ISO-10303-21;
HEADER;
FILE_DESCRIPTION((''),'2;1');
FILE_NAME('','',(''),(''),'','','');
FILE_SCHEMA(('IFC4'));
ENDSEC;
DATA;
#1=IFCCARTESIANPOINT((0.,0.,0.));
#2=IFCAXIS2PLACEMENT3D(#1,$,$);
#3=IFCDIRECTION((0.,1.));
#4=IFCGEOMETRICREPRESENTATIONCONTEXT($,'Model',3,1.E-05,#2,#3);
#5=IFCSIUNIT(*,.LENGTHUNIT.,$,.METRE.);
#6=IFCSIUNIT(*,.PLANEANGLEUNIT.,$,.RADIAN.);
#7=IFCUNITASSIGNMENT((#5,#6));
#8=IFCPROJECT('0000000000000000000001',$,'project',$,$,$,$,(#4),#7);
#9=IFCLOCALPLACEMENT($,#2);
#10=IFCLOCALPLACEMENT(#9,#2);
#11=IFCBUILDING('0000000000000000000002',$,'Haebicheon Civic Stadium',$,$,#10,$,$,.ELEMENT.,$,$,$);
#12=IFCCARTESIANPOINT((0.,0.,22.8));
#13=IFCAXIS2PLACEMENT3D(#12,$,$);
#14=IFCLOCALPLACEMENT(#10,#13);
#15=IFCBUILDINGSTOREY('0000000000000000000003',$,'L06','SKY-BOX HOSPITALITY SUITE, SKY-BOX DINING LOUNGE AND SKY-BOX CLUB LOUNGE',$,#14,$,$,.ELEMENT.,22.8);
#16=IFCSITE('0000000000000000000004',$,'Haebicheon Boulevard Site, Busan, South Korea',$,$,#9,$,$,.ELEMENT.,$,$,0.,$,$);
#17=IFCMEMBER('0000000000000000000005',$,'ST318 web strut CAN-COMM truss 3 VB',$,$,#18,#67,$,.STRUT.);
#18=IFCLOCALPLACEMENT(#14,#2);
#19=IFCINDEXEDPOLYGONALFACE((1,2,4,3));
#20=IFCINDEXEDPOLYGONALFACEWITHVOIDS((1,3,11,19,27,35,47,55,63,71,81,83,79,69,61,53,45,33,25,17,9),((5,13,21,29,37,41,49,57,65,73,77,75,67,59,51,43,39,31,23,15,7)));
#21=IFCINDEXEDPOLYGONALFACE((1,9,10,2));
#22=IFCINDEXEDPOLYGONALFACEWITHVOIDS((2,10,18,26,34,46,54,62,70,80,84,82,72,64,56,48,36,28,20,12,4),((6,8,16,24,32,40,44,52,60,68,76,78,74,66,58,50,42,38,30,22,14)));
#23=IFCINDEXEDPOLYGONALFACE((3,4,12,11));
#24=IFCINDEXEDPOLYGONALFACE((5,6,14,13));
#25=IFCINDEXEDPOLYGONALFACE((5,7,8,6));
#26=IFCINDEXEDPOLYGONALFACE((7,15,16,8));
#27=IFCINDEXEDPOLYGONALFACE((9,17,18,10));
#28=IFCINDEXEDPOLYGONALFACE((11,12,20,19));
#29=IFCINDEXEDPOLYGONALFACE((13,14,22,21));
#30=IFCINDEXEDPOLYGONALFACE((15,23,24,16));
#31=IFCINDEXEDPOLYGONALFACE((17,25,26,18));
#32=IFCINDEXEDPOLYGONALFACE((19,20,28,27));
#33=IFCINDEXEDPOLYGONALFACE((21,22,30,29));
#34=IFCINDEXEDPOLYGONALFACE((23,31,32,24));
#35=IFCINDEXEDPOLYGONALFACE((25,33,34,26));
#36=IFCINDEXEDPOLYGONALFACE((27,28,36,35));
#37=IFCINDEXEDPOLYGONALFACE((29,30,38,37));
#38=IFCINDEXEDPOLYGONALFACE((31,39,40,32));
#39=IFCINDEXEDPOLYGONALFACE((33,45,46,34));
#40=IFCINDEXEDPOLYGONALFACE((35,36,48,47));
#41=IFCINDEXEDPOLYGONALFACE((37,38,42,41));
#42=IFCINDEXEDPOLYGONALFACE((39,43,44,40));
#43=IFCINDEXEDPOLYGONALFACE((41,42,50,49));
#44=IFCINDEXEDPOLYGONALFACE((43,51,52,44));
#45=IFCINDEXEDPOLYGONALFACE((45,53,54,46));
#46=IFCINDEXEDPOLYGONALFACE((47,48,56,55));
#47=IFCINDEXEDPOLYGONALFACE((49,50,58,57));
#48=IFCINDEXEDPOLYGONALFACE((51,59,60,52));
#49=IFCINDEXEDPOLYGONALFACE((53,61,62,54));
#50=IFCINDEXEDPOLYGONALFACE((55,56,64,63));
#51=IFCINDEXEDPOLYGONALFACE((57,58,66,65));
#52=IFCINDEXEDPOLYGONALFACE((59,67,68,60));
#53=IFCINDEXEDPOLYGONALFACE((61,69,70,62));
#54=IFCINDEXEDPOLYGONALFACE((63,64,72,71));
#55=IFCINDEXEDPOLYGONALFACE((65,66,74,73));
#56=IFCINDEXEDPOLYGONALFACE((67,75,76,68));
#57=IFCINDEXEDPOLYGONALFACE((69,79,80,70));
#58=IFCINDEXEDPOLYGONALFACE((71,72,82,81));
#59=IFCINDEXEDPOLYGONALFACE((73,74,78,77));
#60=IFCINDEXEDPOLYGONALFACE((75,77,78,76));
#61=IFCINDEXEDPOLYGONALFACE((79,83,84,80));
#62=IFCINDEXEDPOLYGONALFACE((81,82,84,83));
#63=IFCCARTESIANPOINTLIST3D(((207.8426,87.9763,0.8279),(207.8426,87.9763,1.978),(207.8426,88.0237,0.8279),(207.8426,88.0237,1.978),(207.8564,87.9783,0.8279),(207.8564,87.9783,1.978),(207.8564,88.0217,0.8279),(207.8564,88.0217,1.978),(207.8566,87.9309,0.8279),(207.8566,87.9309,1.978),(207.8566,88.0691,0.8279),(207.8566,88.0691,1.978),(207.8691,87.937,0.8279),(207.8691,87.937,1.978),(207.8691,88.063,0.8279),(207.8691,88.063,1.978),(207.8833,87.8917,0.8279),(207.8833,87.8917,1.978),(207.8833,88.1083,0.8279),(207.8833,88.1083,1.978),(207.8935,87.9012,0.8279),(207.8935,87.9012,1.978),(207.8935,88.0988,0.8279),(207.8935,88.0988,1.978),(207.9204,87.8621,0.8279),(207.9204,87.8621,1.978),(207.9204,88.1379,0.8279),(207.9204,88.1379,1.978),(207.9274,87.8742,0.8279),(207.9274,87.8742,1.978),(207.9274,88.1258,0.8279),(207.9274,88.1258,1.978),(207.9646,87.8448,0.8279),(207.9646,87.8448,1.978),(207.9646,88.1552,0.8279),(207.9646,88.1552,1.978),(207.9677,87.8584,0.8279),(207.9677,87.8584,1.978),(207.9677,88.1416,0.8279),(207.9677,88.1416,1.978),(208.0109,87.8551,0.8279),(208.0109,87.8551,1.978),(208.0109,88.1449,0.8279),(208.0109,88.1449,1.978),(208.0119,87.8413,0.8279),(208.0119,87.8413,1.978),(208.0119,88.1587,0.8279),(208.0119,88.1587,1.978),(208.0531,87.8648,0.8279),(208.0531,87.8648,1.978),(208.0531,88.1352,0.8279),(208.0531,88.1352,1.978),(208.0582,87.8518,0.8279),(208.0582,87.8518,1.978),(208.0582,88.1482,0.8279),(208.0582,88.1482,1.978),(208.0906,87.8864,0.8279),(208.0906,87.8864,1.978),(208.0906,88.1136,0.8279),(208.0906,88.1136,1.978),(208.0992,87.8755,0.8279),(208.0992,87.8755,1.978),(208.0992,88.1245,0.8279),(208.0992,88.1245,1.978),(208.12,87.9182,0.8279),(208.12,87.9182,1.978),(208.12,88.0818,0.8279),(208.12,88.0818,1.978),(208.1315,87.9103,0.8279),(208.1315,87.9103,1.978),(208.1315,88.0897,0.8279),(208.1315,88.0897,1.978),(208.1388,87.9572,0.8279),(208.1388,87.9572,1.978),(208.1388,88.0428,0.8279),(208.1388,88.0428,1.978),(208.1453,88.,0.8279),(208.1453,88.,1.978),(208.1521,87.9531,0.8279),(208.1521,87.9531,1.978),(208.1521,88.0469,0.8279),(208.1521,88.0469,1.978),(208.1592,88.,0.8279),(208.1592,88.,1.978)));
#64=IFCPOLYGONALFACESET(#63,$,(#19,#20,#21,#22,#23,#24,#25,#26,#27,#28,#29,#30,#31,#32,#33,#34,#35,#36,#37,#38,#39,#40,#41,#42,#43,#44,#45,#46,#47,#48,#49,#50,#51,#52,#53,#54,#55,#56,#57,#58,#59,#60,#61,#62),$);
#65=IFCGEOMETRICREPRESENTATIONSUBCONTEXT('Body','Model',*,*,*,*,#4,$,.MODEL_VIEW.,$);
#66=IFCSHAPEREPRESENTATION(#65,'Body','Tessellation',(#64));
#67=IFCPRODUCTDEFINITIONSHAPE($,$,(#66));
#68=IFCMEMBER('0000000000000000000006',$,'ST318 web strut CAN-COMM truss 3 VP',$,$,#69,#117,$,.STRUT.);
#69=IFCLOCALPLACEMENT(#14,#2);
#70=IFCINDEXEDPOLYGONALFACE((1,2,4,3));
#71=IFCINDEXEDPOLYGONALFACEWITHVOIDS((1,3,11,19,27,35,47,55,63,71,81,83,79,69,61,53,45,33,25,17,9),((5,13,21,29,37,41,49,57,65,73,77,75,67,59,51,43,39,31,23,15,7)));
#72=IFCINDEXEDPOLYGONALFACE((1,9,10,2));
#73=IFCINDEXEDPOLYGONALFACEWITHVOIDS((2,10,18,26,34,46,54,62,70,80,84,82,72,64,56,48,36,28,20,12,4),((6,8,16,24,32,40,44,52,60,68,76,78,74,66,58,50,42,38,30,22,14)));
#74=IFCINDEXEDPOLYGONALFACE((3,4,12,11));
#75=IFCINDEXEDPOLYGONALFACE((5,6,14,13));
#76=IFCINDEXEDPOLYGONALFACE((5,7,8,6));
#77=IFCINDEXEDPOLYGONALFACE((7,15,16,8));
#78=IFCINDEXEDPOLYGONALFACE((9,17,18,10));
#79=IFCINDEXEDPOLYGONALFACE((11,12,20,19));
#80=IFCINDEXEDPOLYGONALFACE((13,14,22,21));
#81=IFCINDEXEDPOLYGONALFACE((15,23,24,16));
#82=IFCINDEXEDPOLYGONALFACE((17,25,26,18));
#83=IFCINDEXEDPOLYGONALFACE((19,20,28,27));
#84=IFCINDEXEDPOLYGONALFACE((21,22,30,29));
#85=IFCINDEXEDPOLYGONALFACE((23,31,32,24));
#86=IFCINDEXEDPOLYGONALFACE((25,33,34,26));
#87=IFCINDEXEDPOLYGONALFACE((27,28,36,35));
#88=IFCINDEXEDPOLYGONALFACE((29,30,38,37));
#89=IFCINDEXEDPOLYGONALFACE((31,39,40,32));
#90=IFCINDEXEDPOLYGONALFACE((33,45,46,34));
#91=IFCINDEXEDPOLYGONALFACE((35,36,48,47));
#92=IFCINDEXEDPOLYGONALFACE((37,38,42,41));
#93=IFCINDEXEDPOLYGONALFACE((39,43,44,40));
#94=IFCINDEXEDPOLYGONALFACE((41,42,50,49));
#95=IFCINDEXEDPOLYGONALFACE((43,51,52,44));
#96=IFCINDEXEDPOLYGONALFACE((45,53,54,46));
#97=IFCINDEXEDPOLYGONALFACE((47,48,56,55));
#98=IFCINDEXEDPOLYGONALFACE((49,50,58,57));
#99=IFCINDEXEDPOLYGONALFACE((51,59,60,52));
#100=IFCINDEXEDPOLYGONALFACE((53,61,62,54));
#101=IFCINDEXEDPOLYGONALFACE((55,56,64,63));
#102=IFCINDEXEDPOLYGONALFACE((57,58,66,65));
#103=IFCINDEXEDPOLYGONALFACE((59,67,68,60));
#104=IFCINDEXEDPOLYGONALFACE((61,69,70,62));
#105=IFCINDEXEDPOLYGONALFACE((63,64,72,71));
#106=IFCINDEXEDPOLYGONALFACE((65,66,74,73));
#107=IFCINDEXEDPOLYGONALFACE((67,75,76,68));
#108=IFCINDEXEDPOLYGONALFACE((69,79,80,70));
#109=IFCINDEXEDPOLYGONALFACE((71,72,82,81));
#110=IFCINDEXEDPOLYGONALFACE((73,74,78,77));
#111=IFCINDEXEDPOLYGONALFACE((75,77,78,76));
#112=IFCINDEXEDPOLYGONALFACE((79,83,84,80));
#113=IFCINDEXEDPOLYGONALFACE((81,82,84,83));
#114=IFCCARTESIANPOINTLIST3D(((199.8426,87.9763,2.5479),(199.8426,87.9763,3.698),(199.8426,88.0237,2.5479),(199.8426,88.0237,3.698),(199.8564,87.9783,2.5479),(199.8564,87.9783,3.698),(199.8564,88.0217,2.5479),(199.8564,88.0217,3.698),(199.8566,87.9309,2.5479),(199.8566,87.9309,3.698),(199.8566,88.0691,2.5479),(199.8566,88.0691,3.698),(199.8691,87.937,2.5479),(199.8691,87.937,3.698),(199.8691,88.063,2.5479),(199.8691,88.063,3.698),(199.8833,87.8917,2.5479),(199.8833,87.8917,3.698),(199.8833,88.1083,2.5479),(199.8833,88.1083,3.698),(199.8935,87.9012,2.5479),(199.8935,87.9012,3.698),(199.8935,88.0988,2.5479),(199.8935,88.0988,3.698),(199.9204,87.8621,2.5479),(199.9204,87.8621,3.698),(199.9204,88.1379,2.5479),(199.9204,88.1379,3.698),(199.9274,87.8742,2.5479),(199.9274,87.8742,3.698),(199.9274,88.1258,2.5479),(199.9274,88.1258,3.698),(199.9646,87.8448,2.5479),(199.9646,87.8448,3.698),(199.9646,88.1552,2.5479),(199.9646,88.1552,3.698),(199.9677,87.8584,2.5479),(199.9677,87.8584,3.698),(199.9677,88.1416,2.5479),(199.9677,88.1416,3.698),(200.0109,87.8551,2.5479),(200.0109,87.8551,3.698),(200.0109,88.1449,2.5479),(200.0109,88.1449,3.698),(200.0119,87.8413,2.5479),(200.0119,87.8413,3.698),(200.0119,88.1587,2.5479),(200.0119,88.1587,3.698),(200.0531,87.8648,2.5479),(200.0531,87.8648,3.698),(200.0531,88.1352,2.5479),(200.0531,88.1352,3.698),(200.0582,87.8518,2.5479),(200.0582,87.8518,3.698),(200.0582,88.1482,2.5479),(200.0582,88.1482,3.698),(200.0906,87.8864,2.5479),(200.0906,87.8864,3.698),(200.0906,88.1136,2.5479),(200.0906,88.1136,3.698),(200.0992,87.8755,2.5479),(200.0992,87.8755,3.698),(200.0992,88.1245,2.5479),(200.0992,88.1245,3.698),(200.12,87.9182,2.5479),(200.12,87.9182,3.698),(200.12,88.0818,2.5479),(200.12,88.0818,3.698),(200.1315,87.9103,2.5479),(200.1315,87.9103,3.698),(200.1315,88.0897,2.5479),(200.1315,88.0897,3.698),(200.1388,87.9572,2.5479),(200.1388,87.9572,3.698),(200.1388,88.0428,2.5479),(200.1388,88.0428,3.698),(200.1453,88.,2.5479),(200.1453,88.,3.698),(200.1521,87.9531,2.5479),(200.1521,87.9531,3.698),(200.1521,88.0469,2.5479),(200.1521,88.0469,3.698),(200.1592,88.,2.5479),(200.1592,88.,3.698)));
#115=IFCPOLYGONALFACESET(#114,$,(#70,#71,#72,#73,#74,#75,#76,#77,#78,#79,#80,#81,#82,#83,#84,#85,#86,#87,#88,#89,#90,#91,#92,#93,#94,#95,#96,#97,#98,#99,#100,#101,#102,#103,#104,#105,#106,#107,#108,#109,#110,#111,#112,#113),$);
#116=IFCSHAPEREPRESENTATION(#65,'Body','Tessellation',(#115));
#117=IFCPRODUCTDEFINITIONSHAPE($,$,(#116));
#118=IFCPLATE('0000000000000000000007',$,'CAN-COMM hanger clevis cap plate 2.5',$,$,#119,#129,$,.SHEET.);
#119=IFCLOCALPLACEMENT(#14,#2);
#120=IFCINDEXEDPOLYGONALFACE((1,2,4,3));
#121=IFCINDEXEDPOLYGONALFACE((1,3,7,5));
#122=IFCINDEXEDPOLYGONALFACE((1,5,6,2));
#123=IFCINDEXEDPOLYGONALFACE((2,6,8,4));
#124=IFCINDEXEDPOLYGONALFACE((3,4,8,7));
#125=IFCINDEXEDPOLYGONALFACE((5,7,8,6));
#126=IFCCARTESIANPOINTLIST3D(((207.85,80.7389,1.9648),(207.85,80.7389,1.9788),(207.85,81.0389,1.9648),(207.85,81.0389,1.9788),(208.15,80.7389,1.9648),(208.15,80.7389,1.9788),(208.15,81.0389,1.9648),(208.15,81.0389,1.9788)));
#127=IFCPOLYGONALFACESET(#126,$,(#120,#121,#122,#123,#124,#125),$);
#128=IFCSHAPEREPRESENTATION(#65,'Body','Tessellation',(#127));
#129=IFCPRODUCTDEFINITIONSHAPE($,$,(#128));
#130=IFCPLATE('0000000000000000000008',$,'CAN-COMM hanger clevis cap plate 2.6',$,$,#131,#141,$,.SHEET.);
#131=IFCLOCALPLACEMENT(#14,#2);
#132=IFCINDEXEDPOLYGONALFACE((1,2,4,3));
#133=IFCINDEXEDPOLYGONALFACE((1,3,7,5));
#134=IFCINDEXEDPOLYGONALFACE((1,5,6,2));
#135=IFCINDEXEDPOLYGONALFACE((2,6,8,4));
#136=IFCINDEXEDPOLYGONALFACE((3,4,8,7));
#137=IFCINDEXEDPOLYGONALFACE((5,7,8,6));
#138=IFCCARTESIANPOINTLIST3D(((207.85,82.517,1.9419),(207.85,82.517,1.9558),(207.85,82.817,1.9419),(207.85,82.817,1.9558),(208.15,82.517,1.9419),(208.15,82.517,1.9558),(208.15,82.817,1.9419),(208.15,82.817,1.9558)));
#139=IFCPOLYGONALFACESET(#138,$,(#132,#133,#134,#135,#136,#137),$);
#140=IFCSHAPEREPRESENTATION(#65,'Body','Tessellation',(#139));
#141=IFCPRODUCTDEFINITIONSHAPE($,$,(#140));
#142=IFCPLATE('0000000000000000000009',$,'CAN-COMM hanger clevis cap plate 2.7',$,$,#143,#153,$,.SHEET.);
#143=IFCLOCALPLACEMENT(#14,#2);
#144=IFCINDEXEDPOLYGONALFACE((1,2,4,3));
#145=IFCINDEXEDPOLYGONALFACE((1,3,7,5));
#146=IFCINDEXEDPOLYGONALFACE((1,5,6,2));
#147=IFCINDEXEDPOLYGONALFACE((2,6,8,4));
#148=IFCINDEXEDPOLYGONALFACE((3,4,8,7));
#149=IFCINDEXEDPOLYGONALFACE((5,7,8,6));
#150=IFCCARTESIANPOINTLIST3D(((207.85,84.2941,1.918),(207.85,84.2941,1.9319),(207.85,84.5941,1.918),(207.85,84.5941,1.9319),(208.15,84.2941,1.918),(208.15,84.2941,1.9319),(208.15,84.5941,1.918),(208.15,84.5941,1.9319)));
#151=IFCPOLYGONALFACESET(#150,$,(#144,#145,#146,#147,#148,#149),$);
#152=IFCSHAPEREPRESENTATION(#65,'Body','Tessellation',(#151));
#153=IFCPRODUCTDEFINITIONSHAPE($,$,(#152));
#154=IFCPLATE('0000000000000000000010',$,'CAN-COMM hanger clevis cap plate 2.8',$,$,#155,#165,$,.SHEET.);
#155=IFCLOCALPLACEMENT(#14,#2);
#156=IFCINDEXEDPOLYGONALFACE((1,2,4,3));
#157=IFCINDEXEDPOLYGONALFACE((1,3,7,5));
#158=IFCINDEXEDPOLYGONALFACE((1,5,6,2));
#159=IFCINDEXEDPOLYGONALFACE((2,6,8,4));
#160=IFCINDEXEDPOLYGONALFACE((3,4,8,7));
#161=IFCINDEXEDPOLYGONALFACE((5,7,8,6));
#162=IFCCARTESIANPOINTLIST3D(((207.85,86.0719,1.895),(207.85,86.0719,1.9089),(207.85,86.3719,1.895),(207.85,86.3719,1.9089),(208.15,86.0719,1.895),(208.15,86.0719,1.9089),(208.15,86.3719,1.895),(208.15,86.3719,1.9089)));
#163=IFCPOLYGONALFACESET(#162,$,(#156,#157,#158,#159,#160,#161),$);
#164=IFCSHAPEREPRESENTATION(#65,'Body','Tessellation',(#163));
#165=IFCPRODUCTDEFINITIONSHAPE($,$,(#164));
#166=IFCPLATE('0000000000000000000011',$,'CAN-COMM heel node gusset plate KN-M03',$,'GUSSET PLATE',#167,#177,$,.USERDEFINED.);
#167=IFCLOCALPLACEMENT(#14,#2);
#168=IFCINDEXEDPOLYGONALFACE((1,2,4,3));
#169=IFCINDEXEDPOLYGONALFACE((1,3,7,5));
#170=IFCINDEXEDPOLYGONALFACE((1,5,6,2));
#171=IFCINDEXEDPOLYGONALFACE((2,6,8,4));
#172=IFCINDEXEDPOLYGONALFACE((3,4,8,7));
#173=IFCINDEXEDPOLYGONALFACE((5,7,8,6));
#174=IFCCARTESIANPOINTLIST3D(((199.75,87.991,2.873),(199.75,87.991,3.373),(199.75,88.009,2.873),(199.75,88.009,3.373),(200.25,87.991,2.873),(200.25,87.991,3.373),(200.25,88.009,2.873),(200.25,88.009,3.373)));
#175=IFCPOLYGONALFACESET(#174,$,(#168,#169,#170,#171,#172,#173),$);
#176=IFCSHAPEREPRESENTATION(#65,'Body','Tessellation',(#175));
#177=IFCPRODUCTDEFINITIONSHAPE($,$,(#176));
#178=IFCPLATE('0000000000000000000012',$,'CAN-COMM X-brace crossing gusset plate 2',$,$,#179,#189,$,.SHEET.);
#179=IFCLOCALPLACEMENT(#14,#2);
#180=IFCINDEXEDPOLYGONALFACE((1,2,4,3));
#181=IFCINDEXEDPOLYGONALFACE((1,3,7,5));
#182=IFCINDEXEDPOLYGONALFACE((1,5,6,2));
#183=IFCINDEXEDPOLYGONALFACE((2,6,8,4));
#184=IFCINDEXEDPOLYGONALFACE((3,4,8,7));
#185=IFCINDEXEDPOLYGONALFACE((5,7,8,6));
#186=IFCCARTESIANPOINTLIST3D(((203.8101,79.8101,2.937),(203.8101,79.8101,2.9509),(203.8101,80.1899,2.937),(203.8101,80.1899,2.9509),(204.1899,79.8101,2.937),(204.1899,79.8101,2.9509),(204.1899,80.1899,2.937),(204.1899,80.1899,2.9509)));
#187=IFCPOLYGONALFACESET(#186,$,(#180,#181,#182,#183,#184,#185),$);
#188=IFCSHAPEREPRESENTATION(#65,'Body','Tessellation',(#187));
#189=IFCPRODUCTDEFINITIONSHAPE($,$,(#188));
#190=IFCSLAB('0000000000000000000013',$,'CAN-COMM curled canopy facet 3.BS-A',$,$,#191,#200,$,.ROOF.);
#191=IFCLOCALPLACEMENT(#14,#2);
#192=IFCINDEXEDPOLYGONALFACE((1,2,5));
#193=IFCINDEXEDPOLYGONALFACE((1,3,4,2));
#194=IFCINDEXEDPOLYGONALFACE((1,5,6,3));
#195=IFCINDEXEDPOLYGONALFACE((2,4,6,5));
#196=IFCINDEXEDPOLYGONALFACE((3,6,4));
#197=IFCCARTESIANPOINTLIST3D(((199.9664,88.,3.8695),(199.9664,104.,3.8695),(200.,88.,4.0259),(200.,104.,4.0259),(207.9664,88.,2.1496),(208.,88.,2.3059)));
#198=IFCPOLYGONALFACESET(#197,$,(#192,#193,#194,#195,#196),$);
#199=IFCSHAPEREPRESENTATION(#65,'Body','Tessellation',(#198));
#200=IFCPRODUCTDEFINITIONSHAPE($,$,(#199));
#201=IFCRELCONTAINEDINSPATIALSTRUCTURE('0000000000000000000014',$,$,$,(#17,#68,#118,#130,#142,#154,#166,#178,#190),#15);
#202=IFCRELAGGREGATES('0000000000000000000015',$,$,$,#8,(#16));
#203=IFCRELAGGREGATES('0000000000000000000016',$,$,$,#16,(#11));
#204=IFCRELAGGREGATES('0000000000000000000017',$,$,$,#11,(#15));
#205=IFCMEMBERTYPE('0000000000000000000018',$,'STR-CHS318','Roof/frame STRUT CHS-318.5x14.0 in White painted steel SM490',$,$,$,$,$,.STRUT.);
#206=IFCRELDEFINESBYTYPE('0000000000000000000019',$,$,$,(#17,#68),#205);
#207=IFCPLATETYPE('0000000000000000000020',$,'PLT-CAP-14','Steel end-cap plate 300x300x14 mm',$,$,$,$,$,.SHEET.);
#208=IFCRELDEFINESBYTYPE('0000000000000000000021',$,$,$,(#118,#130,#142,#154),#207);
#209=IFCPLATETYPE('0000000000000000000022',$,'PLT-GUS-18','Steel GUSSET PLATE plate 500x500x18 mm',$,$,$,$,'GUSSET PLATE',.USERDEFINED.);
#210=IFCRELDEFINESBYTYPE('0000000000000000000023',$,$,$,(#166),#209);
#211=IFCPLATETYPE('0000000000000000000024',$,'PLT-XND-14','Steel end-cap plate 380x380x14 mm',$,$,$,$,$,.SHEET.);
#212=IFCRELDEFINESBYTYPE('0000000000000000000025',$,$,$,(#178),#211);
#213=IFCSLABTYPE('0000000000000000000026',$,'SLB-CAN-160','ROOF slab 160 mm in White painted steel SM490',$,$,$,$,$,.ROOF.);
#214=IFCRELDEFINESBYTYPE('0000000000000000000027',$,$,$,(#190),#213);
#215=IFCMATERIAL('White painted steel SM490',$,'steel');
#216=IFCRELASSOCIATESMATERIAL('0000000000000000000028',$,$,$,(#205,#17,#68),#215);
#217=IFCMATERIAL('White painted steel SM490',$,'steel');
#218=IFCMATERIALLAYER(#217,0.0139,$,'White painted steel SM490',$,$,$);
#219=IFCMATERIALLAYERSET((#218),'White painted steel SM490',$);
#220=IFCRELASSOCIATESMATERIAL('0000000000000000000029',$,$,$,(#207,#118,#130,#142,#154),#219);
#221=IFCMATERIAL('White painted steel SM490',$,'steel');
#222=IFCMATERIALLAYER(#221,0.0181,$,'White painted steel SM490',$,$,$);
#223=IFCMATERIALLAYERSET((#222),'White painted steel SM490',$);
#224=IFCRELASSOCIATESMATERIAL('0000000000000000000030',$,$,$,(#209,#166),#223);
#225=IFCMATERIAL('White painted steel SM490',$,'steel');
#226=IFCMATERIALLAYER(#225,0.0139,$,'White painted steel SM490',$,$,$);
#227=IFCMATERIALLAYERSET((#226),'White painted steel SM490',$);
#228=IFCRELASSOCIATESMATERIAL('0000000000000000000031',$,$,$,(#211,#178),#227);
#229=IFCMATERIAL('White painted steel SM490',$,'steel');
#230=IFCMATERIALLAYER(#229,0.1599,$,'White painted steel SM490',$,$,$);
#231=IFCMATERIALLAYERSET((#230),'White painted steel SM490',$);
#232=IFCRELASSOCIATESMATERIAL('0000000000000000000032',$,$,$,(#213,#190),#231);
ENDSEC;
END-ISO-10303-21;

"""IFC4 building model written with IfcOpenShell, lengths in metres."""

from ifc_helpers import new_model, si_unit, direction, frame, origin, origin_2d, place, context, subcontext, project, spatial, polyline, rectangle, hollow_circle, outline, extrude, material, layer, layer_set, material_profile, profile_set, type_object, element, save


model = new_model("IFC4")

# Units and contexts
model_context = context("Model", 3, precision=1e-05, world=origin(), true_north=direction((0.0, 1.0)))
body_context = subcontext(model_context, "Body", "Model", "MODEL_VIEW")
ifc_project = project(units=[si_unit("LENGTHUNIT", "METRE"), si_unit("PLANEANGLEUNIT", "RADIAN")], contexts=[model_context])

# Site, building, storey
site_placement = place(None, origin())
site = spatial("IfcSite", under=ifc_project, at=site_placement, Name="Haebicheon Boulevard Site, Busan, South Korea", CompositionType="ELEMENT", RefElevation=0.0)
building_placement = place(site_placement, origin())
building = spatial("IfcBuilding", under=site, at=building_placement, Name="Haebicheon Civic Stadium", CompositionType="ELEMENT")
storey_placement = place(building_placement, frame((0.0, 0.0, 22.8)))
storey = spatial("IfcBuildingStorey", under=building, at=storey_placement, Name="L06", Description="SKY-BOX HOSPITALITY SUITE, SKY-BOX DINING LOUNGE AND SKY-BOX CLUB LOUNGE", CompositionType="ELEMENT", Elevation=22.8)

# Members
ifc_material_1 = material(Name="White painted steel SM490", Category="steel")
ifc_material_profile_1 = material_profile(ifc_material_1, hollow_circle(Radius=0.1592, WallThickness=0.0139, at=origin_2d()), Name="CHS-318.5x14.0")
ifc_profile_set_1 = profile_set([ifc_material_profile_1], Name="White painted steel SM490")
member_type_1 = type_object("IfcMemberType", Name="STR-CHS318", Description="Roof/frame STRUT CHS-318.5x14.0 in White painted steel SM490", PredefinedType="STRUT", material=ifc_profile_set_1)
for number, where, z_axis, x_axis, name in (
    (1, (208.0, 88.0, 0.8279), (0.0, 0.0, 1.0), (1.0, 0.0, 0.0), "ST318 web strut CAN-COMM truss 3 VB"),
    (2, (200.0, 88.0, 2.5479), (0.0, 0.0, 1.0), (1.0, 0.0, 0.0), "ST318 web strut CAN-COMM truss 3 VP"),
):
    element("IfcMember", number, at=place(storey_placement, frame(where, z_axis=z_axis, x_axis=x_axis)), inside=storey, type_object=member_type_1, material=ifc_profile_set_1, Name=name, PredefinedType="STRUT", context=body_context, shape_type="SweptSolid", body=[
        extrude(hollow_circle(Radius=0.1592, WallThickness=0.0139, at=origin_2d()), origin(), (0.0, 0.0, 1.0), 1.1501),
    ])

# Plates
ifc_material_2 = material(Name="White painted steel SM490", Category="steel")
ifc_layer_1 = layer(ifc_material_2, 0.0139, Name="White painted steel SM490")
ifc_layer_set_1 = layer_set([ifc_layer_1], Name="White painted steel SM490")
plate_type_1 = type_object("IfcPlateType", Name="PLT-CAP-14", Description="Steel end-cap plate 300x300x14 mm", PredefinedType="SHEET", material=ifc_layer_set_1)
for number, where, z_axis, x_axis, name in (
    (3, (208.0, 80.8889, 1.9648), (0.0, 0.0, 1.0), (1.0, 0.0, 0.0), "CAN-COMM hanger clevis cap plate 2.5"),
    (4, (208.0, 82.667, 1.9419), (0.0, 0.0, 1.0), (1.0, 0.0, 0.0), "CAN-COMM hanger clevis cap plate 2.6"),
    (5, (208.0, 84.4441, 1.918), (0.0, 0.0, 1.0), (1.0, 0.0, 0.0), "CAN-COMM hanger clevis cap plate 2.7"),
    (6, (208.0, 86.2219, 1.895), (0.0, 0.0, 1.0), (1.0, 0.0, 0.0), "CAN-COMM hanger clevis cap plate 2.8"),
):
    element("IfcPlate", number, at=place(storey_placement, frame(where, z_axis=z_axis, x_axis=x_axis)), inside=storey, type_object=plate_type_1, material=ifc_layer_set_1, Name=name, PredefinedType="SHEET", context=body_context, shape_type="SweptSolid", body=[
        extrude(rectangle(XDim=0.3, YDim=0.3, at=origin_2d()), origin(), (0.0, 0.0, 1.0), 0.0139),
    ])
ifc_material_3 = material(Name="White painted steel SM490", Category="steel")
ifc_layer_2 = layer(ifc_material_3, 0.0181, Name="White painted steel SM490")
ifc_layer_set_2 = layer_set([ifc_layer_2], Name="White painted steel SM490")
plate_type_2 = type_object("IfcPlateType", Name="PLT-GUS-18", Description="Steel GUSSET PLATE plate 500x500x18 mm", ElementType="GUSSET PLATE", PredefinedType="USERDEFINED", material=ifc_layer_set_2)
plate_1_placement = place(storey_placement, frame((200.0, 88.0, 2.873), z_axis=(0.0, 0.0, 1.0), x_axis=(1.0, 0.0, 0.0)))
element("IfcPlate", 7, at=plate_1_placement, inside=storey, type_object=plate_type_2, material=ifc_layer_set_2, Name="CAN-COMM heel node gusset plate KN-M03", ObjectType="GUSSET PLATE", PredefinedType="USERDEFINED", context=body_context, shape_type="SweptSolid", body=[
    extrude(rectangle(XDim=0.5, YDim=0.0181, at=origin_2d()), origin(), (0.0, 0.0, 1.0), 0.5),
])
ifc_material_4 = material(Name="White painted steel SM490", Category="steel")
ifc_layer_3 = layer(ifc_material_4, 0.0139, Name="White painted steel SM490")
ifc_layer_set_3 = layer_set([ifc_layer_3], Name="White painted steel SM490")
plate_type_3 = type_object("IfcPlateType", Name="PLT-XND-14", Description="Steel end-cap plate 380x380x14 mm", PredefinedType="SHEET", material=ifc_layer_set_3)
plate_2_placement = place(storey_placement, frame((204.0, 80.0, 2.937), z_axis=(0.0, 0.0, 1.0), x_axis=(1.0, 0.0, 0.0)))
element("IfcPlate", 8, at=plate_2_placement, inside=storey, type_object=plate_type_3, material=ifc_layer_set_3, Name="CAN-COMM X-brace crossing gusset plate 2", PredefinedType="SHEET", context=body_context, shape_type="SweptSolid", body=[
    extrude(rectangle(XDim=0.3799, YDim=0.3799, at=origin_2d()), origin(), (0.0, 0.0, 1.0), 0.0139),
])

# Slab
ifc_material_5 = material(Name="White painted steel SM490", Category="steel")
ifc_layer_4 = layer(ifc_material_5, 0.1599, Name="White painted steel SM490")
ifc_layer_set_4 = layer_set([ifc_layer_4], Name="White painted steel SM490")
slab_type = type_object("IfcSlabType", Name="SLB-CAN-160", Description="ROOF slab 160 mm in White painted steel SM490", PredefinedType="ROOF", material=ifc_layer_set_4)
slab_1_placement = place(storey_placement, frame((208.0, 88.0, 2.3059), z_axis=(0.210193, 0.0, 0.97766), x_axis=(-0.97766, 0.0, 0.210193)))
element("IfcSlab", 9, at=slab_1_placement, inside=storey, type_object=slab_type, material=ifc_layer_set_4, Name="CAN-COMM curled canopy facet 3.BS-A", PredefinedType="ROOF", context=body_context, shape_type="SweptSolid", body=[
    extrude(outline(polyline([(0.0, 0.0), (8.1828, 0.0), (8.1828, -16.0), (0.0, 0.0)])), origin(), (0.0, 0.0, -1.0), 0.1599),
])

save(model, "model.ifc")
